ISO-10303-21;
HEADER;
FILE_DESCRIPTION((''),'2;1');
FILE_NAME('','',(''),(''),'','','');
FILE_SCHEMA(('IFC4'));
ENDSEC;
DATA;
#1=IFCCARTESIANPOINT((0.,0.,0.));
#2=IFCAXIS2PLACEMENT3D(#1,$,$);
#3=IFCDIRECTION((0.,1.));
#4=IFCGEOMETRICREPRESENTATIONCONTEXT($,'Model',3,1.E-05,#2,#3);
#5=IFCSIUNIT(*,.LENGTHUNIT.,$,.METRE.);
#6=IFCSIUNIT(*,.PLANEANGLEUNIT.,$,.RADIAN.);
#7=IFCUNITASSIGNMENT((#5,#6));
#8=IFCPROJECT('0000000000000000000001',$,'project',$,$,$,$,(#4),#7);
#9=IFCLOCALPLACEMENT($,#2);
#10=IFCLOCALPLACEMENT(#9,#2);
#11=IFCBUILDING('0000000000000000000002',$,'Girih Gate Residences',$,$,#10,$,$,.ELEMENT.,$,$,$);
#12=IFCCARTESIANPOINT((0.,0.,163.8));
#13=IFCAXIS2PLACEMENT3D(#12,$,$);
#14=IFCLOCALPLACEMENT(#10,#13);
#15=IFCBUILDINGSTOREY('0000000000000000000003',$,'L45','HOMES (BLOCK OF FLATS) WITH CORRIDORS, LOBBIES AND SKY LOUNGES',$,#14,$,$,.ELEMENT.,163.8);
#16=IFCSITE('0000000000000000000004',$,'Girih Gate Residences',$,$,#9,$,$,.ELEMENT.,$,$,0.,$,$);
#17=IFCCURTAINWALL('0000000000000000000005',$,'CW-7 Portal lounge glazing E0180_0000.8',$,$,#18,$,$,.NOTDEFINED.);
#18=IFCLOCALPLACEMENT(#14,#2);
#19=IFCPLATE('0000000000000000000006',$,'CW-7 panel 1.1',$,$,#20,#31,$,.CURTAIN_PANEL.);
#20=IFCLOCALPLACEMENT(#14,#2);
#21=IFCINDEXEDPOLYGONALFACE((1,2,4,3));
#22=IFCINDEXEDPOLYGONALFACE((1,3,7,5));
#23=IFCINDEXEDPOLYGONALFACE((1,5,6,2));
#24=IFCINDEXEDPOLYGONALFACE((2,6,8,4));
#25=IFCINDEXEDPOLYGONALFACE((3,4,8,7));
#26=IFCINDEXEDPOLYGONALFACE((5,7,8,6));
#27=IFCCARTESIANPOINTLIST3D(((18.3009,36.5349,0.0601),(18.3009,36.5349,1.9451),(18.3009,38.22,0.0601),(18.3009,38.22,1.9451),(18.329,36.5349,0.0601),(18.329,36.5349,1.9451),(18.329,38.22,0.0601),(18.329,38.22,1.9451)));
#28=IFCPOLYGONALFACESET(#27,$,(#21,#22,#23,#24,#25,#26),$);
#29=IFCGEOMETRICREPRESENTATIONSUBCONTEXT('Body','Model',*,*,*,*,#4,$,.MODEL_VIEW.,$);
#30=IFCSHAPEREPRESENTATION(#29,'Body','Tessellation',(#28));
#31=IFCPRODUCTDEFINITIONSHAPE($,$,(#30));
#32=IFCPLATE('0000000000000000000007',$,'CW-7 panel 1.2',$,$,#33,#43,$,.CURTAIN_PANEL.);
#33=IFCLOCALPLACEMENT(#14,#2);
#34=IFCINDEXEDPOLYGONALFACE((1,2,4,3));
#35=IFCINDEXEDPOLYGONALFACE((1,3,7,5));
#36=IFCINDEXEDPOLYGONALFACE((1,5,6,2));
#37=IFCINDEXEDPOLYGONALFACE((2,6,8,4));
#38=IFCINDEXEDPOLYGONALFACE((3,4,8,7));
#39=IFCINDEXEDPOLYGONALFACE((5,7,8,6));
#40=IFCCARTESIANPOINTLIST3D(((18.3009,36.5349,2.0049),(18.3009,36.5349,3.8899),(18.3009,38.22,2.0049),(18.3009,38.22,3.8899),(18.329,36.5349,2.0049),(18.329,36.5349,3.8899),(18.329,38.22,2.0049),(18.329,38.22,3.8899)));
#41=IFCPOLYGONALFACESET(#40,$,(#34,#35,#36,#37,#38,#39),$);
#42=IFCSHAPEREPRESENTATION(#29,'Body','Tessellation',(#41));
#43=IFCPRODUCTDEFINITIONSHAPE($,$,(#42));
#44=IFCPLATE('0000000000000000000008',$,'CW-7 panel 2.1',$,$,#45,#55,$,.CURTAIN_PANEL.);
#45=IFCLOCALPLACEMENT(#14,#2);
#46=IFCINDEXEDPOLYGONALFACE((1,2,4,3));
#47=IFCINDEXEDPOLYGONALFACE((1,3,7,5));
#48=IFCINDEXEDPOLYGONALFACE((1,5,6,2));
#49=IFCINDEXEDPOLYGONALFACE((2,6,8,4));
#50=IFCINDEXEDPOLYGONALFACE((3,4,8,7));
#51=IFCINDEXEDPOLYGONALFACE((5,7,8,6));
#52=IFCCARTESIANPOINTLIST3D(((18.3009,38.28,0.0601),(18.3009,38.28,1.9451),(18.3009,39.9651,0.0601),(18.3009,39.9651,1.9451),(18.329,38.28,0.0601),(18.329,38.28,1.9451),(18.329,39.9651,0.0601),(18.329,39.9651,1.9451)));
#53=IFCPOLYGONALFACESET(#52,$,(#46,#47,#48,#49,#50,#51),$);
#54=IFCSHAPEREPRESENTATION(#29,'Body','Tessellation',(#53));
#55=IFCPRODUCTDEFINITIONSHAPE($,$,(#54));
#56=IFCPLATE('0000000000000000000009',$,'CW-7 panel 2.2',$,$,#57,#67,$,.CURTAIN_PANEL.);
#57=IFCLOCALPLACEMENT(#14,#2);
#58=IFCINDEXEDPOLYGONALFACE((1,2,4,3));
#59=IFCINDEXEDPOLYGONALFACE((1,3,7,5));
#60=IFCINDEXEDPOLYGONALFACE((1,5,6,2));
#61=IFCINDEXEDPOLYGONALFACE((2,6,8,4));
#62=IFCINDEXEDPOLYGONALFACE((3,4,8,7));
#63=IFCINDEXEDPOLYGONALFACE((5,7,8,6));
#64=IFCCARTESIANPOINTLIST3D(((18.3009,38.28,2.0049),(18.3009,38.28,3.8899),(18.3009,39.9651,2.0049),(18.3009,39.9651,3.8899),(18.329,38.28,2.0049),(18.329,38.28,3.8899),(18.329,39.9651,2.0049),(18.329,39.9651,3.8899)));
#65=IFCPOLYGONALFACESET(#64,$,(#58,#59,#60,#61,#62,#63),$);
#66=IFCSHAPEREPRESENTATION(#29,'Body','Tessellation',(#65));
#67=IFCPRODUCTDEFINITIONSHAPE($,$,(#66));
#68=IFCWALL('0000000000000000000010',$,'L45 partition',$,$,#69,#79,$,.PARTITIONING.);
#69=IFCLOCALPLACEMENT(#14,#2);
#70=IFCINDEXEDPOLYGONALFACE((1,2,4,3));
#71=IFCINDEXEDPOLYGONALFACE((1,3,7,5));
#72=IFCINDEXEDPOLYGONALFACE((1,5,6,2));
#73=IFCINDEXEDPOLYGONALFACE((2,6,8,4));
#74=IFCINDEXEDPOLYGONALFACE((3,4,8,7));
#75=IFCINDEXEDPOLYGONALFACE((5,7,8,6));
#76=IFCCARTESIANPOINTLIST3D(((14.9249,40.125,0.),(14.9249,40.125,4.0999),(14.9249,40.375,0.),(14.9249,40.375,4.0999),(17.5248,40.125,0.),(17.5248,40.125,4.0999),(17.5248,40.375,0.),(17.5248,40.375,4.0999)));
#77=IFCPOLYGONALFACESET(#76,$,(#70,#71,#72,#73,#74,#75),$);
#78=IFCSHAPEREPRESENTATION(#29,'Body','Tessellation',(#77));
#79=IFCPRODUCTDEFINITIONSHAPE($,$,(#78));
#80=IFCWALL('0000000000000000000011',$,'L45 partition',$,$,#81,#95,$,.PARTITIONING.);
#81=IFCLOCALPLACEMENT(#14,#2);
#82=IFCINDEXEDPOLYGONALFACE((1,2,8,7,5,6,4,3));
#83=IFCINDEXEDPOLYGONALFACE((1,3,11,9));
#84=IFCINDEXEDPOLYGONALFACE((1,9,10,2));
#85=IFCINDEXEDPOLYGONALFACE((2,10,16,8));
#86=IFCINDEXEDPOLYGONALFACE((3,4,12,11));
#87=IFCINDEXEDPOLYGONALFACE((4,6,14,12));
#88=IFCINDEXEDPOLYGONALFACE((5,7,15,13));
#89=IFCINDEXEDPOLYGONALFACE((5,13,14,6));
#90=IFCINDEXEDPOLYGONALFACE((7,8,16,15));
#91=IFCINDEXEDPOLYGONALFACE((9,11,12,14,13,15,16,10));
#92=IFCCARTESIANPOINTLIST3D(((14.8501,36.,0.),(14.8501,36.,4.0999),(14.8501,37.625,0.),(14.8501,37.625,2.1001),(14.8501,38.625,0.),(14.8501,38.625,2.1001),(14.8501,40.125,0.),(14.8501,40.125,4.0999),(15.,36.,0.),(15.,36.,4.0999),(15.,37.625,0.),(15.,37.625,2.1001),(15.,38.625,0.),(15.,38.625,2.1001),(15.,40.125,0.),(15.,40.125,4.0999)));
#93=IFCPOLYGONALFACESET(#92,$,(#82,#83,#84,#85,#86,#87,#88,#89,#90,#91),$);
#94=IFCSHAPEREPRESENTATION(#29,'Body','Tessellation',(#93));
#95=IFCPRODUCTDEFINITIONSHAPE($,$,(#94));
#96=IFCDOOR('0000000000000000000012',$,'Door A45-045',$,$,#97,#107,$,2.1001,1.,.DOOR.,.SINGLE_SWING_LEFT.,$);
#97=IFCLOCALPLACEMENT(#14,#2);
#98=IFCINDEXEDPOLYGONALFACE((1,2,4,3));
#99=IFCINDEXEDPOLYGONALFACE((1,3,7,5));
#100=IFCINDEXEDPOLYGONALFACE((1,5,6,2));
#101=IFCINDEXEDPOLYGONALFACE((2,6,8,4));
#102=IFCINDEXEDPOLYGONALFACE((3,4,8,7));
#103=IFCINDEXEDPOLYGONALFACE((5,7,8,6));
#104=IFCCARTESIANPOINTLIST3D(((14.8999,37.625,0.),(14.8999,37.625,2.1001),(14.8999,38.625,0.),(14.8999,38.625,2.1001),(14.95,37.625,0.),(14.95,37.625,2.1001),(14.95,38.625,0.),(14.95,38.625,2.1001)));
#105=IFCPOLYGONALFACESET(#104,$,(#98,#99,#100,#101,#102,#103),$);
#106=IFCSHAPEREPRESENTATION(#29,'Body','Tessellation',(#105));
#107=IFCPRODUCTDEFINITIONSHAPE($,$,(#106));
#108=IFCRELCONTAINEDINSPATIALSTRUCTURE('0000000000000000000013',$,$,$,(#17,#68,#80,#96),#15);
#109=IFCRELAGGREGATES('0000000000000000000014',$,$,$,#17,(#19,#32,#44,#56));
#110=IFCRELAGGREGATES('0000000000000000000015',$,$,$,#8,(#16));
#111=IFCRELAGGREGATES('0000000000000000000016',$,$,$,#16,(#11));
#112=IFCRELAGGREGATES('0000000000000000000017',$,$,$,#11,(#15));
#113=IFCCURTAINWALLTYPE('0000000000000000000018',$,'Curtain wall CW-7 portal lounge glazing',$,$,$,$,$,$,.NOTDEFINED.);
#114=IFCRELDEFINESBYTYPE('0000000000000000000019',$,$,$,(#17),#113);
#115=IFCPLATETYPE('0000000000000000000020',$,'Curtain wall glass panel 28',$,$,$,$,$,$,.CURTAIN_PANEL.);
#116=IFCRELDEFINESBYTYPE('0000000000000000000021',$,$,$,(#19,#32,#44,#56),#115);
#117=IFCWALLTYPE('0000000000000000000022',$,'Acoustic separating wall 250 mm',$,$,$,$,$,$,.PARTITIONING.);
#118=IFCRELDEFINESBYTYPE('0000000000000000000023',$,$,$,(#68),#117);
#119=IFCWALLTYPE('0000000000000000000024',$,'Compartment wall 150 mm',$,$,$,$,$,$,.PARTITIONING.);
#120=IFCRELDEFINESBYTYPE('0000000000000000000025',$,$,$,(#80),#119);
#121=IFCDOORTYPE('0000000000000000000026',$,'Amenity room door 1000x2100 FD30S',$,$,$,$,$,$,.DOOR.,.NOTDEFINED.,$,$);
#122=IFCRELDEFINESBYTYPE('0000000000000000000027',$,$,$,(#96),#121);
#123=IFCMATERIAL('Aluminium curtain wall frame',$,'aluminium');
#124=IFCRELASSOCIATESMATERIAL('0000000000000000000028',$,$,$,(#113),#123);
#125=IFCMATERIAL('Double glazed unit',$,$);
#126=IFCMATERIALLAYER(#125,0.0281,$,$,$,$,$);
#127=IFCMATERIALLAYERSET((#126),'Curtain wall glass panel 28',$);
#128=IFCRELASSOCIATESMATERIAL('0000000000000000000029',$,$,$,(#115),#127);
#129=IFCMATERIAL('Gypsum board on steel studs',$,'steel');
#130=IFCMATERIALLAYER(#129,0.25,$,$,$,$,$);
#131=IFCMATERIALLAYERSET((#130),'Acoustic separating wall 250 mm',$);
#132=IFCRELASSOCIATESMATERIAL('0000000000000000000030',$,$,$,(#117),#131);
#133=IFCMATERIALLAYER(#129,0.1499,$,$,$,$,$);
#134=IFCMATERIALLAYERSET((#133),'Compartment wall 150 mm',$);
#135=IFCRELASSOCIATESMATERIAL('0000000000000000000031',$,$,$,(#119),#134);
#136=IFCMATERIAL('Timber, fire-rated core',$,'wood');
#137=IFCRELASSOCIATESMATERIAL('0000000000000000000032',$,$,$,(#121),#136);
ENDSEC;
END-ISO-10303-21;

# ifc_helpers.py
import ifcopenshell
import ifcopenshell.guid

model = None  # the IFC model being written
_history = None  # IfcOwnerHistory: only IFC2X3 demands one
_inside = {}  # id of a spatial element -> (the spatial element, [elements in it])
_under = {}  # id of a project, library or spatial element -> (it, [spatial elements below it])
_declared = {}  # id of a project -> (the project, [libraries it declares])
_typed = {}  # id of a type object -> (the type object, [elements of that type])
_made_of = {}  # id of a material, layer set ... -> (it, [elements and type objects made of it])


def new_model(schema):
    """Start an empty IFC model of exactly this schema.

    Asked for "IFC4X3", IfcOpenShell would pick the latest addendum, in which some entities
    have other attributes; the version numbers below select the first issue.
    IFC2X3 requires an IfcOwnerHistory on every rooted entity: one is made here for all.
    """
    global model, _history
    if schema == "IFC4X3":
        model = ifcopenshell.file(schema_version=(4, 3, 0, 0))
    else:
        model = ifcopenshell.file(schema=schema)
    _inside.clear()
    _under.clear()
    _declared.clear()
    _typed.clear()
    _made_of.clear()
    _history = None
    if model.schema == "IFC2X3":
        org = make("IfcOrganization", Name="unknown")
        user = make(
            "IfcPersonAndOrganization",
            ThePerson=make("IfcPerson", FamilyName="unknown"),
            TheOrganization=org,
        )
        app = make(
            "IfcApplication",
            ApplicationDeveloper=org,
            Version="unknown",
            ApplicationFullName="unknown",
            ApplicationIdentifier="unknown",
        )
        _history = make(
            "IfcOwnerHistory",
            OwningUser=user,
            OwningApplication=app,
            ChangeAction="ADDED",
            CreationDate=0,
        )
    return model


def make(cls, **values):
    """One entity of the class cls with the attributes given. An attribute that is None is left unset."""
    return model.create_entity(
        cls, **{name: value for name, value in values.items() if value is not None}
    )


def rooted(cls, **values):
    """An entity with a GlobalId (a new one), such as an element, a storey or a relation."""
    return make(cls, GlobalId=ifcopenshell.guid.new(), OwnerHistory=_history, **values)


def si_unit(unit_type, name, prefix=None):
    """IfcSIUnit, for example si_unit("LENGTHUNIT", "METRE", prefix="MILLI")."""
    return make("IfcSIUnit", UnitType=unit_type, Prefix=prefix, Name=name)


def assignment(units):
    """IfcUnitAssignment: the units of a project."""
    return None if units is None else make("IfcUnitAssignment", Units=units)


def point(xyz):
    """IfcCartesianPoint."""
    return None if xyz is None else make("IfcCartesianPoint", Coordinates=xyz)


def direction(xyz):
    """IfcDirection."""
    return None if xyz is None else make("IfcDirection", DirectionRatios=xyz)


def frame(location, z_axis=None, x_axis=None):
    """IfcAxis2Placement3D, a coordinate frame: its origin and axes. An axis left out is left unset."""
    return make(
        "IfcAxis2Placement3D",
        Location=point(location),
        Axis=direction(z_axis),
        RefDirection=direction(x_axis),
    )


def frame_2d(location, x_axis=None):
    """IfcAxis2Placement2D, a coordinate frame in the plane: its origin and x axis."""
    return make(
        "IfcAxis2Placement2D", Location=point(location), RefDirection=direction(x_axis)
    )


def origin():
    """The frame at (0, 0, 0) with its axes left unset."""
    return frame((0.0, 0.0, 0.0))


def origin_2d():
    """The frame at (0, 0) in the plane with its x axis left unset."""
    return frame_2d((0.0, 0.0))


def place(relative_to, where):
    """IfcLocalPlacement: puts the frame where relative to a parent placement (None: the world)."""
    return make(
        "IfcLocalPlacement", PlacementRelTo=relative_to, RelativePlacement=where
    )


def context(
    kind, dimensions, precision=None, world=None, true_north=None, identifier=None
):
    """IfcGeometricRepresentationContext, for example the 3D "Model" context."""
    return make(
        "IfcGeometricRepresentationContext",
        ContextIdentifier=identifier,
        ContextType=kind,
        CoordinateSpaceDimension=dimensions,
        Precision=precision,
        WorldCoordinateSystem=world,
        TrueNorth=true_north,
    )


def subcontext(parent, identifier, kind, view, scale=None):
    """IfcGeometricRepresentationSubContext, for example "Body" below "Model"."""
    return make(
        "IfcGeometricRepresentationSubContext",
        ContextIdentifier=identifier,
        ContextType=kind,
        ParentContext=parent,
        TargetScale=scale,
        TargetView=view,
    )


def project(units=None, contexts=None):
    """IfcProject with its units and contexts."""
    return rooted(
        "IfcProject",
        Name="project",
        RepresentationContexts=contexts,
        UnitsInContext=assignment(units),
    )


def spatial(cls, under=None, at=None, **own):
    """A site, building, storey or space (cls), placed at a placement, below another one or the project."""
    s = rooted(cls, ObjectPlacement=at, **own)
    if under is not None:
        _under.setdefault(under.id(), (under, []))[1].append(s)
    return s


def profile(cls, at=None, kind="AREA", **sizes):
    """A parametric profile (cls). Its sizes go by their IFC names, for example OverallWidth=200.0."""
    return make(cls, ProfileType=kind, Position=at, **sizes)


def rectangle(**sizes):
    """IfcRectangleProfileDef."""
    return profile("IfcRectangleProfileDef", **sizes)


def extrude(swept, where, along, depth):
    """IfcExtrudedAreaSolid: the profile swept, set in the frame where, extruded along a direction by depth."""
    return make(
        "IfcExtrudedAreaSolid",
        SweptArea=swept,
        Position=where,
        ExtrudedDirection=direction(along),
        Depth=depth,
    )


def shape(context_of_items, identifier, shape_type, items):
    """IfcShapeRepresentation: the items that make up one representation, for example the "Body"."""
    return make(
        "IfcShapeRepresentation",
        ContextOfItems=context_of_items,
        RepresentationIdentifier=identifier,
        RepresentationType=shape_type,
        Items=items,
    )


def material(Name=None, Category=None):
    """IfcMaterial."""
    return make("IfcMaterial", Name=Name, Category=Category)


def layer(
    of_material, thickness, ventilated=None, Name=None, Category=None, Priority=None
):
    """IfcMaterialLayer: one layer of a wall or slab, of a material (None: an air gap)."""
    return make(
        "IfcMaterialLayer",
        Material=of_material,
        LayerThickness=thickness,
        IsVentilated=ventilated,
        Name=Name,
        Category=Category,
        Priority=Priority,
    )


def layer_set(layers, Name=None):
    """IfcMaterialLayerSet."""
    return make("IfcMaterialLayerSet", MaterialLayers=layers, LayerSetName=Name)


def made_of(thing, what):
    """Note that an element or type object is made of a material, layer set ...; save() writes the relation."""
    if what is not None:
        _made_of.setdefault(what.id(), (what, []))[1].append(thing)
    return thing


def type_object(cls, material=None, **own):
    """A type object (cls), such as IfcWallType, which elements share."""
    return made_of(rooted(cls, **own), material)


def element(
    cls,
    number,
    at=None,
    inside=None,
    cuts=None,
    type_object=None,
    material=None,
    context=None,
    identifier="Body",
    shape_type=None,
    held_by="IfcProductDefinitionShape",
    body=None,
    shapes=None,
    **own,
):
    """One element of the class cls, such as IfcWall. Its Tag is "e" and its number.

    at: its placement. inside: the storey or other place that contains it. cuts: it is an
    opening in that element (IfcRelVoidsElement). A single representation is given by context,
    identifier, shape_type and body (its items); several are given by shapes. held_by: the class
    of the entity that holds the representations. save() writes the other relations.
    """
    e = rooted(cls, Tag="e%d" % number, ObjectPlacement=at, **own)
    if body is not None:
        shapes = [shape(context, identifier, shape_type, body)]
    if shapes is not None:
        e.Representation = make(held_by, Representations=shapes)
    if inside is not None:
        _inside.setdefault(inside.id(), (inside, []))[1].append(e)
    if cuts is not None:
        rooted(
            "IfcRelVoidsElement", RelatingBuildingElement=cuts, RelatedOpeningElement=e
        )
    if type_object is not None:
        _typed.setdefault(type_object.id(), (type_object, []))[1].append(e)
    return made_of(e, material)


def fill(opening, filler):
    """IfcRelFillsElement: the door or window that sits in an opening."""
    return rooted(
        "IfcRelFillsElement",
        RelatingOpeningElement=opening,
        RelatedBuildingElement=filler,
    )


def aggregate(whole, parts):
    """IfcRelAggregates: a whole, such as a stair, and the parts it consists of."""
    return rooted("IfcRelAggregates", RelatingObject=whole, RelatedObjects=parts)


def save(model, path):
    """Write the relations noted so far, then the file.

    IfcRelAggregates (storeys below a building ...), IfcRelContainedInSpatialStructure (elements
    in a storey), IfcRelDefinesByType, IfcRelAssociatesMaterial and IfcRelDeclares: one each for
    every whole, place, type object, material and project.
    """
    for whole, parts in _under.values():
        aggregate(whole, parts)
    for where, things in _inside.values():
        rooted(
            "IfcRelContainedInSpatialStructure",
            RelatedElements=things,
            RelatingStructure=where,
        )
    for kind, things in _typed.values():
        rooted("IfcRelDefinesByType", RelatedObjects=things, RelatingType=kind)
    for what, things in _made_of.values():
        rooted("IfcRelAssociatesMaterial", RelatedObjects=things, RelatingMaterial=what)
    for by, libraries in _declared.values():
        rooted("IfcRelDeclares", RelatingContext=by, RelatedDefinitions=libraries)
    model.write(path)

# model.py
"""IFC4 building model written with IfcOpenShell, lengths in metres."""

from ifc_helpers import new_model, si_unit, direction, frame, frame_2d, origin, origin_2d, place, context, subcontext, project, spatial, rectangle, extrude, material, layer, layer_set, type_object, element, fill, aggregate, save


model = new_model("IFC4")

# Units and contexts
model_context = context("Model", 3, precision=1e-05, world=origin(), true_north=direction((0.0, 1.0)))
body_context = subcontext(model_context, "Body", "Model", "MODEL_VIEW")
ifc_project = project(units=[si_unit("LENGTHUNIT", "METRE"), si_unit("PLANEANGLEUNIT", "RADIAN")], contexts=[model_context])

# Site, building, storey
site_placement = place(None, origin())
site = spatial("IfcSite", under=ifc_project, at=site_placement, Name="Girih Gate Residences", CompositionType="ELEMENT", RefElevation=0.0)
building_placement = place(site_placement, origin())
building = spatial("IfcBuilding", under=site, at=building_placement, Name="Girih Gate Residences", CompositionType="ELEMENT")
storey_placement = place(building_placement, frame((0.0, 0.0, 163.8)))
storey = spatial("IfcBuildingStorey", under=building, at=storey_placement, Name="L45", Description="HOMES (BLOCK OF FLATS) WITH CORRIDORS, LOBBIES AND SKY LOUNGES", CompositionType="ELEMENT", Elevation=163.8)

# Curtain wall
ifc_material_1 = material(Name="Aluminium curtain wall frame", Category="aluminium")
curtain_wall_type = type_object("IfcCurtainWallType", Name="Curtain wall CW-7 portal lounge glazing", PredefinedType="NOTDEFINED", material=ifc_material_1)
curtain_wall_1_placement = place(storey_placement, origin())
curtain_wall_1 = element("IfcCurtainWall", 1, at=curtain_wall_1_placement, inside=storey, type_object=curtain_wall_type, Name="CW-7 Portal lounge glazing E0180_0000.8", PredefinedType="NOTDEFINED")

# Plates
ifc_material_2 = material(Name="Double glazed unit")
ifc_layer_1 = layer(ifc_material_2, 0.0281)
ifc_layer_set_1 = layer_set([ifc_layer_1], Name="Curtain wall glass panel 28")
plate_type = type_object("IfcPlateType", Name="Curtain wall glass panel 28", PredefinedType="CURTAIN_PANEL", material=ifc_layer_set_1)
plate_1_placement = place(storey_placement, frame((18.3149, 37.3774, 0.0601), z_axis=(0.0, 0.0, 1.0), x_axis=(0.0, 1.0, 0.0)))
plate_1 = element("IfcPlate", 2, at=plate_1_placement, type_object=plate_type, Name="CW-7 panel 1.1", PredefinedType="CURTAIN_PANEL", context=body_context, shape_type="SweptSolid", body=[
    extrude(rectangle(XDim=1.6851, YDim=0.0281, at=origin_2d()), origin(), (0.0, 0.0, 1.0), 1.885),
])
plate_2_placement = place(storey_placement, frame((18.3149, 37.3774, 2.0049), z_axis=(0.0, 0.0, 1.0), x_axis=(0.0, 1.0, 0.0)))
plate_2 = element("IfcPlate", 3, at=plate_2_placement, type_object=plate_type, Name="CW-7 panel 1.2", PredefinedType="CURTAIN_PANEL", context=body_context, shape_type="SweptSolid", body=[
    extrude(rectangle(XDim=1.6851, YDim=0.0281, at=origin_2d()), origin(), (0.0, 0.0, 1.0), 1.885),
])
plate_3_placement = place(storey_placement, frame((18.3149, 39.1226, 0.0601), z_axis=(0.0, 0.0, 1.0), x_axis=(0.0, 1.0, 0.0)))
plate_3 = element("IfcPlate", 4, at=plate_3_placement, type_object=plate_type, Name="CW-7 panel 2.1", PredefinedType="CURTAIN_PANEL", context=body_context, shape_type="SweptSolid", body=[
    extrude(rectangle(XDim=1.6851, YDim=0.0281, at=origin_2d()), origin(), (0.0, 0.0, 1.0), 1.885),
])
plate_4_placement = place(storey_placement, frame((18.3149, 39.1226, 2.0049), z_axis=(0.0, 0.0, 1.0), x_axis=(0.0, 1.0, 0.0)))
plate_4 = element("IfcPlate", 5, at=plate_4_placement, type_object=plate_type, Name="CW-7 panel 2.2", PredefinedType="CURTAIN_PANEL", context=body_context, shape_type="SweptSolid", body=[
    extrude(rectangle(XDim=1.6851, YDim=0.0281, at=origin_2d()), origin(), (0.0, 0.0, 1.0), 1.885),
])
aggregate(curtain_wall_1, [plate_1, plate_2, plate_3, plate_4])

# Wall
ifc_material_3 = material(Name="Gypsum board on steel studs", Category="steel")
ifc_layer_2 = layer(ifc_material_3, 0.25)
ifc_layer_set_2 = layer_set([ifc_layer_2], Name="Acoustic separating wall 250 mm")
wall_type_1 = type_object("IfcWallType", Name="Acoustic separating wall 250 mm", PredefinedType="PARTITIONING", material=ifc_layer_set_2)
wall_1_placement = place(storey_placement, frame((14.925, 40.25, 0.0), z_axis=(0.0, 0.0, 1.0), x_axis=(1.0, 0.0, 0.0)))
element("IfcWall", 6, at=wall_1_placement, inside=storey, type_object=wall_type_1, Name="L45 partition", PredefinedType="PARTITIONING", context=body_context, shape_type="SweptSolid", body=[
    extrude(rectangle(XDim=2.5999, YDim=0.25, at=frame_2d((1.2998, 0.0))), origin(), (0.0, 0.0, 1.0), 4.0999),
])

# Wall, opening, door
ifc_layer_3 = layer(ifc_material_3, 0.1499)
ifc_layer_set_3 = layer_set([ifc_layer_3], Name="Compartment wall 150 mm")
wall_type_2 = type_object("IfcWallType", Name="Compartment wall 150 mm", PredefinedType="PARTITIONING", material=ifc_layer_set_3)
wall_2_placement = place(storey_placement, frame((14.925, 40.125, 0.0), z_axis=(0.0, 0.0, 1.0), x_axis=(0.0, -1.0, 0.0)))
wall_2 = element("IfcWall", 7, at=wall_2_placement, inside=storey, type_object=wall_type_2, Name="L45 partition", PredefinedType="PARTITIONING", context=body_context, shape_type="SweptSolid", body=[
    extrude(rectangle(XDim=4.125, YDim=0.1499, at=frame_2d((2.0625, 0.0))), origin(), (0.0, 0.0, 1.0), 4.0999),
])
opening_placement = place(wall_2_placement, frame((1.5, 0.0, 0.0)))
opening = element("IfcOpeningElement", 8, at=opening_placement, cuts=wall_2, PredefinedType="OPENING", context=body_context, shape_type="SweptSolid", body=[
    extrude(rectangle(XDim=1.0, YDim=2.1001, at=frame_2d((0.5, 1.05))), frame((0.0, 0.085, 0.0), z_axis=(0.0, -1.0, 0.0), x_axis=(1.0, 0.0, 0.0)), (0.0, 0.0, 1.0), 0.1699),
])
ifc_material_4 = material(Name="Timber, fire-rated core", Category="wood")
door_type = type_object("IfcDoorType", Name="Amenity room door 1000x2100 FD30S", OperationType="NOTDEFINED", PredefinedType="DOOR", material=ifc_material_4)
door_placement = place(opening_placement, origin())
door = element("IfcDoor", 9, at=door_placement, inside=storey, type_object=door_type, Name="Door A45-045", OperationType="SINGLE_SWING_LEFT", OverallHeight=2.1001, OverallWidth=1.0, PredefinedType="DOOR", context=body_context, shape_type="SweptSolid", body=[
    extrude(rectangle(XDim=1.0, YDim=2.1001, at=frame_2d((0.5, 1.05))), frame((0.0, 0.0249, 0.0), z_axis=(0.0, -1.0, 0.0), x_axis=(1.0, 0.0, 0.0)), (0.0, 0.0, 1.0), 0.05),
])
fill(opening, door)

save(model, "model.ifc")
